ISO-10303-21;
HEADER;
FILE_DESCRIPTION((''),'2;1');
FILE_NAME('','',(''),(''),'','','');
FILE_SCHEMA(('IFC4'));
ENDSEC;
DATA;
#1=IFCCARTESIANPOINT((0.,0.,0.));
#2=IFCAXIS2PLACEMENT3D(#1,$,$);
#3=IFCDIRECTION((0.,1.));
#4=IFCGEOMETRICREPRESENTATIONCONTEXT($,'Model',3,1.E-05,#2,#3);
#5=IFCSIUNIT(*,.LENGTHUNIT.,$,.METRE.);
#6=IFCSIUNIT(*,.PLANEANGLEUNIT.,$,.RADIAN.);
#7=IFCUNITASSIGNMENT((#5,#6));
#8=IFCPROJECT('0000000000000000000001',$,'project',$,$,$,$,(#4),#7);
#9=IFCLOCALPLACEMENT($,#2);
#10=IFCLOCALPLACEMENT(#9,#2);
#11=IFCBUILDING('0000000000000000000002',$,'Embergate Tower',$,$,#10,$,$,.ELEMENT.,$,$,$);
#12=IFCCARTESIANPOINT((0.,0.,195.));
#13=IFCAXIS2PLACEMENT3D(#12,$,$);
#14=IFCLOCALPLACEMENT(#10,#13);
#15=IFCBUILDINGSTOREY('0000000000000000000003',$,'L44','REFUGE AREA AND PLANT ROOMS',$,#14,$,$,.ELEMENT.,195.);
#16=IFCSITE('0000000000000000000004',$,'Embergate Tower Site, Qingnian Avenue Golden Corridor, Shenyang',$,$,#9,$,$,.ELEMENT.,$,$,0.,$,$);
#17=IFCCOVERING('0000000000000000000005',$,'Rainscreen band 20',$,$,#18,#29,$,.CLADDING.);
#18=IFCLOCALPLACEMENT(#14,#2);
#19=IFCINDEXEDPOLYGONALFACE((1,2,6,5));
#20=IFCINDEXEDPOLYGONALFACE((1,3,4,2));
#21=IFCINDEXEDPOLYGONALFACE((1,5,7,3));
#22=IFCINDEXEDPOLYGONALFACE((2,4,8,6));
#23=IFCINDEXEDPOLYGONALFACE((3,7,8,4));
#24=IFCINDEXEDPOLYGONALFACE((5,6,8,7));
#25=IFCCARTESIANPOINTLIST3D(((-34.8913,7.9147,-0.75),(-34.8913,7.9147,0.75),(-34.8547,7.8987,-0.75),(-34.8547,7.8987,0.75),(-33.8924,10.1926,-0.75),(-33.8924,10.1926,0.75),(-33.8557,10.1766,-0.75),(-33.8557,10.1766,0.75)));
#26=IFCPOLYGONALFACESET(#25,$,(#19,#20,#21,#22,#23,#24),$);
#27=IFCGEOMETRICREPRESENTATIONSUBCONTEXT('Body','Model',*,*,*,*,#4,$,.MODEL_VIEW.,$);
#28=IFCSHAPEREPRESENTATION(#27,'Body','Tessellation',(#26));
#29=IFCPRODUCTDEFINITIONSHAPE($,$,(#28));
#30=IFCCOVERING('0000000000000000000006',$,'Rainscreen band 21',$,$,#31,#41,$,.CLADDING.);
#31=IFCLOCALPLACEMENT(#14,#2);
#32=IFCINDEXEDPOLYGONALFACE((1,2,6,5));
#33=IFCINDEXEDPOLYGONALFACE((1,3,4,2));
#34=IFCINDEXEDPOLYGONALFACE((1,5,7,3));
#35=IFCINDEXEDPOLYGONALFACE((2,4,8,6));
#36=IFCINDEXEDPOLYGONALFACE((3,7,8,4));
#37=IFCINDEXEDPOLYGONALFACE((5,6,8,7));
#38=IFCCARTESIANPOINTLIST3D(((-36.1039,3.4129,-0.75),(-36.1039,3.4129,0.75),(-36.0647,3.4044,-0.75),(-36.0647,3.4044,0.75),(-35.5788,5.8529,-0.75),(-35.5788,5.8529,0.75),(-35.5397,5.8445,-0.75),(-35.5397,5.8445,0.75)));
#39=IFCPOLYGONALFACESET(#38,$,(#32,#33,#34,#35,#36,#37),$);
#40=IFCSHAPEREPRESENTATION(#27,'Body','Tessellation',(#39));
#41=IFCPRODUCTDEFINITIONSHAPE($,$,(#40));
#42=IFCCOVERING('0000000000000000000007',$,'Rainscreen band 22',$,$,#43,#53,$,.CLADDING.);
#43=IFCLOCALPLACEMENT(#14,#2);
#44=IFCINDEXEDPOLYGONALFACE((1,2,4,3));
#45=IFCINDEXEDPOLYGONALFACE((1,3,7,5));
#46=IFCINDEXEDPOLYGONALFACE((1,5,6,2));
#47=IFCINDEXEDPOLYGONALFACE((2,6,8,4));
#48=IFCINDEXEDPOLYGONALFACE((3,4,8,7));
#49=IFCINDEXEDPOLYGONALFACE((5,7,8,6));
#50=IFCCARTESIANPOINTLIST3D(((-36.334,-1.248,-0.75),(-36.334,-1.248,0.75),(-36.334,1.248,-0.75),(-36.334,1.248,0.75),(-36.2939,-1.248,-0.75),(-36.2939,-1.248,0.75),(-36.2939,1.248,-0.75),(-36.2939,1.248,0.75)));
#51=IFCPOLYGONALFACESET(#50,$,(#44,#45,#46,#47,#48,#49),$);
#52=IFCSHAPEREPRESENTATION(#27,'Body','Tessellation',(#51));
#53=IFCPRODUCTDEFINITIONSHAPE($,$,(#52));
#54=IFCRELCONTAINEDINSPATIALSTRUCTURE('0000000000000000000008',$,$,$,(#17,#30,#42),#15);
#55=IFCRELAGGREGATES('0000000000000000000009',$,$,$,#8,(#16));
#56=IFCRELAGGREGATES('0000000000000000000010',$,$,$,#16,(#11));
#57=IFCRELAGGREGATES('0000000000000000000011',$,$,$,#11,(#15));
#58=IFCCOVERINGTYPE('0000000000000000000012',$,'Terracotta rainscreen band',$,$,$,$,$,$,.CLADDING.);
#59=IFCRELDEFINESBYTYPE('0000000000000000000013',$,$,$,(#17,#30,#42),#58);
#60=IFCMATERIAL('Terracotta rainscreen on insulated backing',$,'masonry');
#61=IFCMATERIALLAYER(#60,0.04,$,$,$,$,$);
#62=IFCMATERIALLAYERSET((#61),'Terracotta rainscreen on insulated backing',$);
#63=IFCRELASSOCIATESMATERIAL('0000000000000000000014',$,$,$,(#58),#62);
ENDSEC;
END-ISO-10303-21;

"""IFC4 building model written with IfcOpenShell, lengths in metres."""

from ifc_helpers import new_model, si_unit, direction, frame, origin, origin_2d, place, context, subcontext, project, spatial, rectangle, extrude, source, transform, mapped, material, layer, layer_set, type_object, element, save


model = new_model("IFC4")

# Units and contexts
model_context = context("Model", 3, precision=1e-05, world=origin(), true_north=direction((0.0, 1.0)))
body_context = subcontext(model_context, "Body", "Model", "MODEL_VIEW")
ifc_project = project(units=[si_unit("LENGTHUNIT", "METRE"), si_unit("PLANEANGLEUNIT", "RADIAN")], contexts=[model_context])

# Site, building, storey
site_placement = place(None, origin())
site = spatial("IfcSite", under=ifc_project, at=site_placement, Name="Embergate Tower Site, Qingnian Avenue Golden Corridor, Shenyang", CompositionType="ELEMENT", RefElevation=0.0)
building_placement = place(site_placement, origin())
building = spatial("IfcBuilding", under=site, at=building_placement, Name="Embergate Tower", CompositionType="ELEMENT")
storey_placement = place(building_placement, frame((0.0, 0.0, 195.0)))
storey = spatial("IfcBuildingStorey", under=building, at=storey_placement, Name="L44", Description="REFUGE AREA AND PLANT ROOMS", CompositionType="ELEMENT", Elevation=195.0)

# Coverings
ifc_material_1 = material(Name="Terracotta rainscreen on insulated backing", Category="masonry")
ifc_layer_1 = layer(ifc_material_1, 0.04)
ifc_layer_set_1 = layer_set([ifc_layer_1], Name="Terracotta rainscreen on insulated backing")
covering_type = type_object("IfcCoveringType", Name="Terracotta rainscreen band", PredefinedType="CLADDING", material=ifc_layer_set_1)
shared_shape_1 = source(origin(), body_context, "Body", "SweptSolid", [
    extrude(rectangle(XDim=2.4873, YDim=0.04, at=origin_2d()), origin(), (0.0, 0.0, 1.0), 1.5),
])
covering_1_placement = place(storey_placement, frame((-34.3735, 9.0457, -0.75), z_axis=(0.0, 0.0, 1.0), x_axis=(-0.40162, -0.915806, 0.0)))
element("IfcCovering", 1, at=covering_1_placement, inside=storey, type_object=covering_type, Name="Rainscreen band 20", PredefinedType="CLADDING", context=body_context, shape_type="MappedRepresentation", body=[
    mapped(shared_shape_1, transform((0.0, 0.0, 0.0))),
])
shared_shape_2 = source(origin(), body_context, "Body", "SweptSolid", [
    extrude(rectangle(XDim=2.4958, YDim=0.04, at=origin_2d()), origin(), (0.0, 0.0, 1.0), 1.5),
])
covering_2_placement = place(storey_placement, frame((-35.8218, 4.6287, -0.75), z_axis=(0.0, 0.0, 1.0), x_axis=(-0.210351, -0.977626, 0.0)))
element("IfcCovering", 2, at=covering_2_placement, inside=storey, type_object=covering_type, Name="Rainscreen band 21", PredefinedType="CLADDING", context=body_context, shape_type="MappedRepresentation", body=[
    mapped(shared_shape_2, transform((0.0, 0.0, 0.0))),
])
shared_shape_3 = source(origin(), body_context, "Body", "SweptSolid", [
    extrude(rectangle(XDim=2.4961, YDim=0.04, at=origin_2d()), origin(), (0.0, 0.0, 1.0), 1.5),
])
covering_3_placement = place(storey_placement, frame((-36.314, 0.0, -0.75), z_axis=(0.0, 0.0, 1.0), x_axis=(0.0, -1.0, 0.0)))
element("IfcCovering", 3, at=covering_3_placement, inside=storey, type_object=covering_type, Name="Rainscreen band 22", PredefinedType="CLADDING", context=body_context, shape_type="MappedRepresentation", body=[
    mapped(shared_shape_3, transform((0.0, 0.0, 0.0))),
])

save(model, "model.ifc")
